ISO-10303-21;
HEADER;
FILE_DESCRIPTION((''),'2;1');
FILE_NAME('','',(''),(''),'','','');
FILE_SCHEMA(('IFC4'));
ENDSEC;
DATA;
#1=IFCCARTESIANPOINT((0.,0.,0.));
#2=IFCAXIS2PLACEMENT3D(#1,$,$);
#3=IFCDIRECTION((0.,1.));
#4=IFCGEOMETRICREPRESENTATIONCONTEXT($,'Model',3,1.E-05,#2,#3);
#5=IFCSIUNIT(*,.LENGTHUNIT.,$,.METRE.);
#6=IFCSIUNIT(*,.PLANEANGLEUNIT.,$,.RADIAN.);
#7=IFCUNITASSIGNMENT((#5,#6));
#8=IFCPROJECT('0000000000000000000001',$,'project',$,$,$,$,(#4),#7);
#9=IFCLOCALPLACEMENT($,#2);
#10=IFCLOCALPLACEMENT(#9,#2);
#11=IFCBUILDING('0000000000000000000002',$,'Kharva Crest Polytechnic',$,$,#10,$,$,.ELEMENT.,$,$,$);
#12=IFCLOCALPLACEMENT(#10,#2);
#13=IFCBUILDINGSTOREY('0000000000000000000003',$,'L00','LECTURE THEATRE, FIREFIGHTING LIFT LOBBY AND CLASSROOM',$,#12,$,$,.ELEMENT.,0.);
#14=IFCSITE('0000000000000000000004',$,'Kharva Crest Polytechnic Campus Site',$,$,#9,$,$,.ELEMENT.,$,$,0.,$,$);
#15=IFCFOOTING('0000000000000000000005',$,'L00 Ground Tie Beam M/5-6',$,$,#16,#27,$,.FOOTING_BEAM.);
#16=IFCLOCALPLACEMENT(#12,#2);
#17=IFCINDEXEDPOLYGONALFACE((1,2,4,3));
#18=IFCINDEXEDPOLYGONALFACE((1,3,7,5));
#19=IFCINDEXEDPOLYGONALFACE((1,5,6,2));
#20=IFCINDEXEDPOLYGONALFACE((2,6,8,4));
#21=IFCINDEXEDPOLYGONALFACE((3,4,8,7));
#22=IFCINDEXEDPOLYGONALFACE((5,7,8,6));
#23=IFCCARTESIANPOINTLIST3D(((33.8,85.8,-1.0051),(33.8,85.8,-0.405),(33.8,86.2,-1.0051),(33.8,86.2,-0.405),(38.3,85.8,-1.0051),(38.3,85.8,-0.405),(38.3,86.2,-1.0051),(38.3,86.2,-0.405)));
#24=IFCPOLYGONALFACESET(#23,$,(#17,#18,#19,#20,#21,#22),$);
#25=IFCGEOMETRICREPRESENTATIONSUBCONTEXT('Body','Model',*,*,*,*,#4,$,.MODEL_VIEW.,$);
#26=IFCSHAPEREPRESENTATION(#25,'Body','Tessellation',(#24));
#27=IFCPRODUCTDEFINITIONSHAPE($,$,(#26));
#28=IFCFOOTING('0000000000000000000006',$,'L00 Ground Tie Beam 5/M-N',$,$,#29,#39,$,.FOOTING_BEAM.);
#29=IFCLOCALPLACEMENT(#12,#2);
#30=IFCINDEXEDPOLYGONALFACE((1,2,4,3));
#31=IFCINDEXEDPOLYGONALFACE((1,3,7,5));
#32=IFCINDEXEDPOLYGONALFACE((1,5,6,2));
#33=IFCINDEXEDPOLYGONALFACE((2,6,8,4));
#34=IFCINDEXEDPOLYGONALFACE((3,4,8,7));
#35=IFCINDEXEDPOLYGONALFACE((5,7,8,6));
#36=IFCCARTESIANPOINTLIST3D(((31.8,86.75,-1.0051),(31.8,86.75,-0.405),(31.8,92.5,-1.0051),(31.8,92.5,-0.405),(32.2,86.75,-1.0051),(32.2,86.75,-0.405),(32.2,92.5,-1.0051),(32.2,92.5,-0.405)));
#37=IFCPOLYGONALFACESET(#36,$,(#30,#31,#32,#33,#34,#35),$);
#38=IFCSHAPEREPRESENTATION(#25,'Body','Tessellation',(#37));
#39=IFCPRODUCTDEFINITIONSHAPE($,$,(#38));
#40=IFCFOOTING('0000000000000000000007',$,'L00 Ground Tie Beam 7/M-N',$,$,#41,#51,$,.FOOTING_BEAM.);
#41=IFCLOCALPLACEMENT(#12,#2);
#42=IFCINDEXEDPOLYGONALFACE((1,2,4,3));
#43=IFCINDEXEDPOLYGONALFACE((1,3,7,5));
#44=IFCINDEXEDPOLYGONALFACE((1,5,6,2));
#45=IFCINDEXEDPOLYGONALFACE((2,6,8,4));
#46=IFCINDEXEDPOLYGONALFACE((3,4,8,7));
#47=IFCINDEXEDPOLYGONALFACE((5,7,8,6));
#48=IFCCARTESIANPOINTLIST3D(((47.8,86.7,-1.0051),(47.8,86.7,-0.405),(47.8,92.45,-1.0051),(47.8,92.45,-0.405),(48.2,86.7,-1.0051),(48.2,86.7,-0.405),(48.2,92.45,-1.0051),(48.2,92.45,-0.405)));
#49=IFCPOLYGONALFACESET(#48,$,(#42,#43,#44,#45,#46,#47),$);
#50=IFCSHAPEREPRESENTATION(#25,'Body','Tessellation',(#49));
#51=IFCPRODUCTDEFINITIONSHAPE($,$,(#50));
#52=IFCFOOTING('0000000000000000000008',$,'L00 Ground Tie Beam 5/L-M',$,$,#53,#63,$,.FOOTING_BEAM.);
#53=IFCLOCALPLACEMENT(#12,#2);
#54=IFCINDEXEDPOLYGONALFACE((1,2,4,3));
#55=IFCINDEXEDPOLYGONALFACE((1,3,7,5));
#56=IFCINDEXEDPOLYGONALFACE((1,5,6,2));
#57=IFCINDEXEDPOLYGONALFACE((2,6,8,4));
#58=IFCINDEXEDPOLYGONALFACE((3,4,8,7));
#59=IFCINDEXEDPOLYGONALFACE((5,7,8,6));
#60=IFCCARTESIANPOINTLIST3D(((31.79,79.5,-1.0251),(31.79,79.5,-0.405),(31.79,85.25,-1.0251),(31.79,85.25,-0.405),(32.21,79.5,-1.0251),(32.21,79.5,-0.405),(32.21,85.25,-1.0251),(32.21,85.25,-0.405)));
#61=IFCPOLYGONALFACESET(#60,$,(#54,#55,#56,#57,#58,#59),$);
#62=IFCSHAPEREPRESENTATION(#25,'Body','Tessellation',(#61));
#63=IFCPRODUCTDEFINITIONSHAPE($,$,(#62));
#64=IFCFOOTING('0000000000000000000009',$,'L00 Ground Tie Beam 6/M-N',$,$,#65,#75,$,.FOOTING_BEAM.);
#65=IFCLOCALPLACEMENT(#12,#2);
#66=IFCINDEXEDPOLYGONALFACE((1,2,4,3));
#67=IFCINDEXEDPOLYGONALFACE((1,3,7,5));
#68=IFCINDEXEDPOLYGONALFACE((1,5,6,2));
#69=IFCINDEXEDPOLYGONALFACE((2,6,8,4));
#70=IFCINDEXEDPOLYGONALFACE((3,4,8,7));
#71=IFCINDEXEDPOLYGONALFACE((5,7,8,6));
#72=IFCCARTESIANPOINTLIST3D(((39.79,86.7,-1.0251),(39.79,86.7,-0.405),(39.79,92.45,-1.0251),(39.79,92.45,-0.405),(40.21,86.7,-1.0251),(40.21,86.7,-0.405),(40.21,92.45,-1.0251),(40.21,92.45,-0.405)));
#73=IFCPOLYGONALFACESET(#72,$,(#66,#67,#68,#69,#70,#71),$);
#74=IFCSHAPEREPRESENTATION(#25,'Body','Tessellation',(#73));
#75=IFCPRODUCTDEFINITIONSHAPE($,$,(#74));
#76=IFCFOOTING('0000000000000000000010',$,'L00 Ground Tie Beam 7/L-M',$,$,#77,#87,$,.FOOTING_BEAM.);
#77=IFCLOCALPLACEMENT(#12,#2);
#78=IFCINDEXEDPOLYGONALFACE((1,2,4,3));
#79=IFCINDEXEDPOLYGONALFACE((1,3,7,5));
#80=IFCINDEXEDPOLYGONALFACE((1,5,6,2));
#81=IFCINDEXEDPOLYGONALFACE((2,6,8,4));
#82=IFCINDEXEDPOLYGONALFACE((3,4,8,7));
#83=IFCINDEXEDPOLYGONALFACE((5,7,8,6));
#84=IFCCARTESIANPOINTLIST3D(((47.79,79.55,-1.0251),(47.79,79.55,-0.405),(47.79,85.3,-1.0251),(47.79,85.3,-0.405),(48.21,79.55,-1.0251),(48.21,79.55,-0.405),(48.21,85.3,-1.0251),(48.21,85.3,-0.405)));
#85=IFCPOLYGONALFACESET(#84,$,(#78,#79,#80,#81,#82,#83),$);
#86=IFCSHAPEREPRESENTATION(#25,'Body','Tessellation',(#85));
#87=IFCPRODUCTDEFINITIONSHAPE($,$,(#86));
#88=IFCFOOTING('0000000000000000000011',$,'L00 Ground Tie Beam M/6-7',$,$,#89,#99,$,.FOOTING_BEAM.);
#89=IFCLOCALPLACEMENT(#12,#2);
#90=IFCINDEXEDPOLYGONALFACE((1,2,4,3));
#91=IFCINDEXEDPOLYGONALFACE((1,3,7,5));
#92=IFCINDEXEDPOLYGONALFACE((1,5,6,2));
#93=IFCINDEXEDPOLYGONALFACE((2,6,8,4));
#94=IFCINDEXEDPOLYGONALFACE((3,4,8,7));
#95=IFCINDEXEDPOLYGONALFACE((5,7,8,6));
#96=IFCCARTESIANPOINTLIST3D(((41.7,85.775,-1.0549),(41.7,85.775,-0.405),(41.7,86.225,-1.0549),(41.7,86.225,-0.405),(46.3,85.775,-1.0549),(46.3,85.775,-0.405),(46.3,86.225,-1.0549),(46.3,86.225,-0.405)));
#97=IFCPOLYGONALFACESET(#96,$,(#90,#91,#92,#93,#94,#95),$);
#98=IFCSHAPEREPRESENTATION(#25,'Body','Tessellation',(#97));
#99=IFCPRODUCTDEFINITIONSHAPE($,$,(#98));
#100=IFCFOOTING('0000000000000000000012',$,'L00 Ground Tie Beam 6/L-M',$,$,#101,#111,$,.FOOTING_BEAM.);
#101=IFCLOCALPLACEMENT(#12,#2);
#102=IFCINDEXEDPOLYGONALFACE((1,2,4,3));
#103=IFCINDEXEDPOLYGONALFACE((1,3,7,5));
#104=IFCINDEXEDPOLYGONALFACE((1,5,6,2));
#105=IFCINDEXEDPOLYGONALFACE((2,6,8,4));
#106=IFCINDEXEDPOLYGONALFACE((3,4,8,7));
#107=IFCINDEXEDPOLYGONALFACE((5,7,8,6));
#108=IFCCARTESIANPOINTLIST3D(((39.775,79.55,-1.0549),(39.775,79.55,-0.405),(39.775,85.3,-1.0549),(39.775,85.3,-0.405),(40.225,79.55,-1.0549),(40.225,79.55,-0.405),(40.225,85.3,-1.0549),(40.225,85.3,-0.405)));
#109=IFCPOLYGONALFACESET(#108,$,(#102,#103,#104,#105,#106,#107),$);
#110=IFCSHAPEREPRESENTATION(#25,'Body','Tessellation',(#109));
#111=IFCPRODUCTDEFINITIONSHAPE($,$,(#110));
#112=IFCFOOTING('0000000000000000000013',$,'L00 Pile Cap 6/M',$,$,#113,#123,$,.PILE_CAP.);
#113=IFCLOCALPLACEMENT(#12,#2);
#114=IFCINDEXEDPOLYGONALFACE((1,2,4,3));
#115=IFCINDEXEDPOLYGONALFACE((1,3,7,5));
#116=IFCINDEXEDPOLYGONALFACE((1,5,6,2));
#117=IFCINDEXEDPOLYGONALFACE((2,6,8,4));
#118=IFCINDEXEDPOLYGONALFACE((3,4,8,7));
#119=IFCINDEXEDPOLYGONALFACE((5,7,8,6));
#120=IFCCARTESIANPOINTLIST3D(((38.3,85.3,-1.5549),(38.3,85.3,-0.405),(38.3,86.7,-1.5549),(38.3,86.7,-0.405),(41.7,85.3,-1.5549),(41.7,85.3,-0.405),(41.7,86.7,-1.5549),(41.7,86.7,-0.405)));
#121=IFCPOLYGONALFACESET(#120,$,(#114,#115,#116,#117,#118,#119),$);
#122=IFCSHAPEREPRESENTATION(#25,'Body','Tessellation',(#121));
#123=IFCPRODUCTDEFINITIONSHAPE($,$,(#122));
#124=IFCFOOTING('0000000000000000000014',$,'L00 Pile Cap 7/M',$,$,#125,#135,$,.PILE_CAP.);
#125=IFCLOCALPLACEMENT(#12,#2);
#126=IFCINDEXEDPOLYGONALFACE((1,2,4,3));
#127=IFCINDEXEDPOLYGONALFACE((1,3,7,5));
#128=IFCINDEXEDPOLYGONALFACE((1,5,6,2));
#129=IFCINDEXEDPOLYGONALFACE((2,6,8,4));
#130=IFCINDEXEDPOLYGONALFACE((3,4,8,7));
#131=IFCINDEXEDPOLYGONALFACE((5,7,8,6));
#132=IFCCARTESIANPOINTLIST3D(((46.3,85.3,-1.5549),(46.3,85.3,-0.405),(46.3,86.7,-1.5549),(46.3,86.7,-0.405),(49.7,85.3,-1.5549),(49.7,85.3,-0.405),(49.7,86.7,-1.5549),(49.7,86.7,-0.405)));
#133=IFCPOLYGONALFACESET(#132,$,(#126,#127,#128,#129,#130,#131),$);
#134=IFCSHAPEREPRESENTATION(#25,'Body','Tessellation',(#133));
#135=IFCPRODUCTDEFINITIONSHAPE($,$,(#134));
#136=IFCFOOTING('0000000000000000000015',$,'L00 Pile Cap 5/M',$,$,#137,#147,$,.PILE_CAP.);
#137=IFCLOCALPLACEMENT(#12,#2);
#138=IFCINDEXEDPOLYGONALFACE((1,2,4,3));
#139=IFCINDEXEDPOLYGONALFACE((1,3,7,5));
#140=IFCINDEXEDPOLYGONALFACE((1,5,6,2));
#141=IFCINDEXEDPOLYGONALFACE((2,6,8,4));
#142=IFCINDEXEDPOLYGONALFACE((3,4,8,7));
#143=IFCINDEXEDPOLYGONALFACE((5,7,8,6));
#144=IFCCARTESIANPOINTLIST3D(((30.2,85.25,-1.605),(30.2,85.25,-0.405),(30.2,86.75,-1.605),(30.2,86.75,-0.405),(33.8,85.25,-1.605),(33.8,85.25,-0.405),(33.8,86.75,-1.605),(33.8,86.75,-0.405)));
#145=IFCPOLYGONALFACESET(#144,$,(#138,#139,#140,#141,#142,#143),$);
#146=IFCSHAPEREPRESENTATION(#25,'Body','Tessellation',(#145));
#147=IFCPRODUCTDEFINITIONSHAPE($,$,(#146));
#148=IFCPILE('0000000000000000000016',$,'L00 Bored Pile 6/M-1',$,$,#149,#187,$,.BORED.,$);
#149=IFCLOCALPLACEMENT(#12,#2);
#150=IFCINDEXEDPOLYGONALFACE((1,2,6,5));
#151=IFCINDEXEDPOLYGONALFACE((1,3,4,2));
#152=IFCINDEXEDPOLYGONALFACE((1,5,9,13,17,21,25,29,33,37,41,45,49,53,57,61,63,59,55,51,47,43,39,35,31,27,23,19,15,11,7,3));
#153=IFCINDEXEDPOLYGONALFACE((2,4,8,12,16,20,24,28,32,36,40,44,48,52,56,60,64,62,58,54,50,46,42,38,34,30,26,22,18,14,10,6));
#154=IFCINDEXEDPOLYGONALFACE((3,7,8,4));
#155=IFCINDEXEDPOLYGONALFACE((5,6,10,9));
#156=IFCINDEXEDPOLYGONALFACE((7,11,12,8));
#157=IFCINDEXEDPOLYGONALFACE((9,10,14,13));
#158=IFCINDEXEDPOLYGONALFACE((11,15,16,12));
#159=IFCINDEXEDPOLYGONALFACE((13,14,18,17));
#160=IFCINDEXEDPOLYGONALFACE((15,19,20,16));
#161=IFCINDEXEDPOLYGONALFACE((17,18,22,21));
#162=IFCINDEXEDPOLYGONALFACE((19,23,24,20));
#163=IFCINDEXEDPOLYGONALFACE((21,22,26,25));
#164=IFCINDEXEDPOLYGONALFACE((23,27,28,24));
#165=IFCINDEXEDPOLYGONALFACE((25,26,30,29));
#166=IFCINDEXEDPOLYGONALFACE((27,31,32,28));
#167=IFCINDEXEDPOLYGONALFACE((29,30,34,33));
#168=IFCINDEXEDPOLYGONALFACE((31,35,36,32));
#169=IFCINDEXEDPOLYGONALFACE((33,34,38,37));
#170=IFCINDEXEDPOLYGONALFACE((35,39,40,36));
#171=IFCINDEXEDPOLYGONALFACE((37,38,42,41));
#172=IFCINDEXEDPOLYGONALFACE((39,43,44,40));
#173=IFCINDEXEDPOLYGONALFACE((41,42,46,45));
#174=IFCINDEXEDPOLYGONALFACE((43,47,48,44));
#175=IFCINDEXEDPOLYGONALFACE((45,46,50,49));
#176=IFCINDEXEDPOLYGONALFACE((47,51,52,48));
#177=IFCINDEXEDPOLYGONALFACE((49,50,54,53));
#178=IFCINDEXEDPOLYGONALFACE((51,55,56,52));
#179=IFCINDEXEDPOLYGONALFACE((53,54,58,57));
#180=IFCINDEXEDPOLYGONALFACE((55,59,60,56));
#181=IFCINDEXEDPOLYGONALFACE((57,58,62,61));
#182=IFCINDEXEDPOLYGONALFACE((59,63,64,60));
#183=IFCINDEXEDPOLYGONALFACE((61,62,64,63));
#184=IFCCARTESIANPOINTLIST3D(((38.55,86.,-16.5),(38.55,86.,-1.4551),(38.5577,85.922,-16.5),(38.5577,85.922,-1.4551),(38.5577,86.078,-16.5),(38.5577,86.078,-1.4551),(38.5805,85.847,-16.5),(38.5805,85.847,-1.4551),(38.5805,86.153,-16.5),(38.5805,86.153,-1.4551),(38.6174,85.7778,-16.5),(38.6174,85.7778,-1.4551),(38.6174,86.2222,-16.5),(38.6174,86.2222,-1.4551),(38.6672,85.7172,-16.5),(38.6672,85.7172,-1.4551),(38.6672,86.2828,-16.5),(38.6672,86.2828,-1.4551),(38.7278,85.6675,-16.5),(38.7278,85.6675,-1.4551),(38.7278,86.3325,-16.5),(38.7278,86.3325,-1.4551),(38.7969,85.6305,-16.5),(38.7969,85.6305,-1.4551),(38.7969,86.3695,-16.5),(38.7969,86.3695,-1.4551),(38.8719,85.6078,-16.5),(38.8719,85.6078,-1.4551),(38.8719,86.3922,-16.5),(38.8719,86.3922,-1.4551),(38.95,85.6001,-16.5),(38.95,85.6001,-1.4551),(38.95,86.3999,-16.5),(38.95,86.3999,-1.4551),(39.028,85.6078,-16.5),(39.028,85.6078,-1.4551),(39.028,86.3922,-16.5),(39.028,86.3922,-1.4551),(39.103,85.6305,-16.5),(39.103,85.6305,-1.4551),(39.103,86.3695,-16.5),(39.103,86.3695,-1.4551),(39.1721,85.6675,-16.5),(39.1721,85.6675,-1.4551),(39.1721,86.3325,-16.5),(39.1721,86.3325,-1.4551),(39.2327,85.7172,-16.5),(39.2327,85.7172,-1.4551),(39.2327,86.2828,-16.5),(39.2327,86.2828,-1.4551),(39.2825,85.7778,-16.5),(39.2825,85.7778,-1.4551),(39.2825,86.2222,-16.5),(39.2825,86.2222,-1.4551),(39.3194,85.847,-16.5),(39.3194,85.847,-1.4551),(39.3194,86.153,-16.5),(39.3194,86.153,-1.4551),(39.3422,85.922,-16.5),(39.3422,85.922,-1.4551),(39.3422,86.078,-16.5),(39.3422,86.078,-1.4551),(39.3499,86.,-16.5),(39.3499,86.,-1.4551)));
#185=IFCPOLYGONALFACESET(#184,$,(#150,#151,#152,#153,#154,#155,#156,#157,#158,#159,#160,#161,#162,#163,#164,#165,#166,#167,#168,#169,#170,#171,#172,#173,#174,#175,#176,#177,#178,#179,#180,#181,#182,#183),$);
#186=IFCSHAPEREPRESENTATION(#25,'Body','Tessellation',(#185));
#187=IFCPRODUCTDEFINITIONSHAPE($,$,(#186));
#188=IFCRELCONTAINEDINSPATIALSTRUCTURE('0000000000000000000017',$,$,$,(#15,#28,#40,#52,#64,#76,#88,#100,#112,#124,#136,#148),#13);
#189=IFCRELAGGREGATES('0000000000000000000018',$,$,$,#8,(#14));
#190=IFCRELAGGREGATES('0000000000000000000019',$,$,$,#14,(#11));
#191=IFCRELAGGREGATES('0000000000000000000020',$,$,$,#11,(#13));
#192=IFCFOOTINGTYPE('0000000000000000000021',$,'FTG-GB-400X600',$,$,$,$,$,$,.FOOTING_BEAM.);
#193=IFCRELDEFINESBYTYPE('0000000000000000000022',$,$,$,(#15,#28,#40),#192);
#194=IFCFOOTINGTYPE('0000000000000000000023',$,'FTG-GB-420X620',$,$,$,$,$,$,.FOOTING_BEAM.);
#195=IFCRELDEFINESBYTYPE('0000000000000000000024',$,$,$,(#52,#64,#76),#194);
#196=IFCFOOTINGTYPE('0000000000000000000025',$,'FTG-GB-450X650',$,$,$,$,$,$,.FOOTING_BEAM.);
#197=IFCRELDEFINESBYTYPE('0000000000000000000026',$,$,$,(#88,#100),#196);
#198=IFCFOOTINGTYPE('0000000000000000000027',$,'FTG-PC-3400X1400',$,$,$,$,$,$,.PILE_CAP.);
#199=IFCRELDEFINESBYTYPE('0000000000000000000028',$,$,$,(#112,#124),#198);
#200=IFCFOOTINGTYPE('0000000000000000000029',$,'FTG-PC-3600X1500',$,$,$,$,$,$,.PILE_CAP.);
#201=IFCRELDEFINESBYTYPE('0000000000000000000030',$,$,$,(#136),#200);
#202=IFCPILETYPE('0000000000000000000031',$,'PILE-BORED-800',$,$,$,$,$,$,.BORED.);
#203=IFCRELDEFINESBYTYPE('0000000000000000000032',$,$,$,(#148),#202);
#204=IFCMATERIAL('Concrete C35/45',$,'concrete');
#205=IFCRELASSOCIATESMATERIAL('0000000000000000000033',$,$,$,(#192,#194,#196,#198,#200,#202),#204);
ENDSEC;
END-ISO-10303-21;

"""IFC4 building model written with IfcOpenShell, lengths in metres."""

from ifc_helpers import new_model, si_unit, direction, frame, origin, origin_2d, place, context, subcontext, project, spatial, rectangle, circle, extrude, material, material_profile, profile_set, type_object, element, save


model = new_model("IFC4")

# Units and contexts
model_context = context("Model", 3, precision=1e-05, world=origin(), true_north=direction((0.0, 1.0)))
body_context = subcontext(model_context, "Body", "Model", "MODEL_VIEW")
ifc_project = project(units=[si_unit("LENGTHUNIT", "METRE"), si_unit("PLANEANGLEUNIT", "RADIAN")], contexts=[model_context])

# Site, building, storey
site_placement = place(None, origin())
site = spatial("IfcSite", under=ifc_project, at=site_placement, Name="Kharva Crest Polytechnic Campus Site", CompositionType="ELEMENT", RefElevation=0.0)
building_placement = place(site_placement, origin())
building = spatial("IfcBuilding", under=site, at=building_placement, Name="Kharva Crest Polytechnic", CompositionType="ELEMENT")
storey_placement = place(building_placement, origin())
storey = spatial("IfcBuildingStorey", under=building, at=storey_placement, Name="L00", Description="LECTURE THEATRE, FIREFIGHTING LIFT LOBBY AND CLASSROOM", CompositionType="ELEMENT", Elevation=0.0)

# Footings
ifc_material_1 = material(Name="Concrete C35/45", Category="concrete")
footing_type_1 = type_object("IfcFootingType", Name="FTG-GB-400X600", PredefinedType="FOOTING_BEAM", material=ifc_material_1)
footing_1_placement = place(storey_placement, frame((36.05, 86.0, -1.0051), z_axis=(0.0, 0.0, 1.0), x_axis=(1.0, 0.0, 0.0)))
element("IfcFooting", 1, at=footing_1_placement, inside=storey, type_object=footing_type_1, Name="L00 Ground Tie Beam M/5-6", PredefinedType="FOOTING_BEAM", context=body_context, shape_type="SweptSolid", body=[
    extrude(rectangle(XDim=4.5, YDim=0.3999, at=origin_2d()), origin(), (0.0, 0.0, 1.0), 0.6001),
])
for number, where, z_axis, x_axis, name in (
    (2, (32.0, 89.625, -1.0051), (0.0, 0.0, 1.0), (0.0, 1.0, 0.0), "L00 Ground Tie Beam 5/M-N"),
    (3, (48.0, 89.575, -1.0051), (0.0, 0.0, 1.0), (0.0, 1.0, 0.0), "L00 Ground Tie Beam 7/M-N"),
):
    element("IfcFooting", number, at=place(storey_placement, frame(where, z_axis=z_axis, x_axis=x_axis)), inside=storey, type_object=footing_type_1, Name=name, PredefinedType="FOOTING_BEAM", context=body_context, shape_type="SweptSolid", body=[
        extrude(rectangle(XDim=5.75, YDim=0.3999, at=origin_2d()), origin(), (0.0, 0.0, 1.0), 0.6001),
    ])
footing_type_2 = type_object("IfcFootingType", Name="FTG-GB-420X620", PredefinedType="FOOTING_BEAM", material=ifc_material_1)
for number, where, z_axis, x_axis, name in (
    (4, (32.0, 82.375, -1.0251), (0.0, 0.0, 1.0), (0.0, 1.0, 0.0), "L00 Ground Tie Beam 5/L-M"),
    (5, (40.0, 89.575, -1.0251), (0.0, 0.0, 1.0), (0.0, 1.0, 0.0), "L00 Ground Tie Beam 6/M-N"),
    (6, (48.0, 82.425, -1.0251), (0.0, 0.0, 1.0), (0.0, 1.0, 0.0), "L00 Ground Tie Beam 7/L-M"),
):
    element("IfcFooting", number, at=place(storey_placement, frame(where, z_axis=z_axis, x_axis=x_axis)), inside=storey, type_object=footing_type_2, Name=name, PredefinedType="FOOTING_BEAM", context=body_context, shape_type="SweptSolid", body=[
        extrude(rectangle(XDim=5.75, YDim=0.4199, at=origin_2d()), origin(), (0.0, 0.0, 1.0), 0.6201),
    ])
footing_type_3 = type_object("IfcFootingType", Name="FTG-GB-450X650", PredefinedType="FOOTING_BEAM", material=ifc_material_1)
footing_2_placement = place(storey_placement, frame((44.0, 86.0, -1.0549), z_axis=(0.0, 0.0, 1.0), x_axis=(1.0, 0.0, 0.0)))
element("IfcFooting", 7, at=footing_2_placement, inside=storey, type_object=footing_type_3, Name="L00 Ground Tie Beam M/6-7", PredefinedType="FOOTING_BEAM", context=body_context, shape_type="SweptSolid", body=[
    extrude(rectangle(XDim=4.6001, YDim=0.45, at=origin_2d()), origin(), (0.0, 0.0, 1.0), 0.6499),
])
footing_3_placement = place(storey_placement, frame((40.0, 82.425, -1.0549), z_axis=(0.0, 0.0, 1.0), x_axis=(0.0, 1.0, 0.0)))
element("IfcFooting", 8, at=footing_3_placement, inside=storey, type_object=footing_type_3, Name="L00 Ground Tie Beam 6/L-M", PredefinedType="FOOTING_BEAM", context=body_context, shape_type="SweptSolid", body=[
    extrude(rectangle(XDim=5.75, YDim=0.45, at=origin_2d()), origin(), (0.0, 0.0, 1.0), 0.6499),
])
footing_type_4 = type_object("IfcFootingType", Name="FTG-PC-3400X1400", PredefinedType="PILE_CAP", material=ifc_material_1)
for number, where, z_axis, x_axis, name in (
    (9, (40.0, 86.0, -1.5549), (0.0, 0.0, 1.0), (1.0, 0.0, 0.0), "L00 Pile Cap 6/M"),
    (10, (48.0, 86.0, -1.5549), (0.0, 0.0, 1.0), (1.0, 0.0, 0.0), "L00 Pile Cap 7/M"),
):
    element("IfcFooting", number, at=place(storey_placement, frame(where, z_axis=z_axis, x_axis=x_axis)), inside=storey, type_object=footing_type_4, Name=name, PredefinedType="PILE_CAP", context=body_context, shape_type="SweptSolid", body=[
        extrude(rectangle(XDim=3.3999, YDim=1.3999, at=origin_2d()), origin(), (0.0, 0.0, 1.0), 1.1499),
    ])
footing_type_5 = type_object("IfcFootingType", Name="FTG-PC-3600X1500", PredefinedType="PILE_CAP", material=ifc_material_1)
footing_4_placement = place(storey_placement, frame((32.0, 86.0, -1.605), z_axis=(0.0, 0.0, 1.0), x_axis=(1.0, 0.0, 0.0)))
element("IfcFooting", 11, at=footing_4_placement, inside=storey, type_object=footing_type_5, Name="L00 Pile Cap 5/M", PredefinedType="PILE_CAP", context=body_context, shape_type="SweptSolid", body=[
    extrude(rectangle(XDim=3.6001, YDim=1.5, at=origin_2d()), origin(), (0.0, 0.0, 1.0), 1.2),
])

# Pile
ifc_material_profile_1 = material_profile(ifc_material_1, circle(Radius=0.3999, at=origin_2d()), Name="DIA 800")
ifc_profile_set_1 = profile_set([ifc_material_profile_1], Name="Concrete C35/45")
pile_type_1 = type_object("IfcPileType", Name="PILE-BORED-800", PredefinedType="BORED", material=ifc_profile_set_1)
for number, where, z_axis, x_axis, name in (
    (12, (38.95, 86.0, -1.4551), (0.0, 0.0, -1.0), (1.0, 0.0, 0.0), "L00 Bored Pile 6/M-1"),
):
    element("IfcPile", number, at=place(storey_placement, frame(where, z_axis=z_axis, x_axis=x_axis)), inside=storey, type_object=pile_type_1, Name=name, PredefinedType="BORED", context=body_context, shape_type="SweptSolid", body=[
        extrude(circle(Radius=0.3999, at=origin_2d()), origin(), (0.0, 0.0, 1.0), 15.0449),
    ])

save(model, "model.ifc")
